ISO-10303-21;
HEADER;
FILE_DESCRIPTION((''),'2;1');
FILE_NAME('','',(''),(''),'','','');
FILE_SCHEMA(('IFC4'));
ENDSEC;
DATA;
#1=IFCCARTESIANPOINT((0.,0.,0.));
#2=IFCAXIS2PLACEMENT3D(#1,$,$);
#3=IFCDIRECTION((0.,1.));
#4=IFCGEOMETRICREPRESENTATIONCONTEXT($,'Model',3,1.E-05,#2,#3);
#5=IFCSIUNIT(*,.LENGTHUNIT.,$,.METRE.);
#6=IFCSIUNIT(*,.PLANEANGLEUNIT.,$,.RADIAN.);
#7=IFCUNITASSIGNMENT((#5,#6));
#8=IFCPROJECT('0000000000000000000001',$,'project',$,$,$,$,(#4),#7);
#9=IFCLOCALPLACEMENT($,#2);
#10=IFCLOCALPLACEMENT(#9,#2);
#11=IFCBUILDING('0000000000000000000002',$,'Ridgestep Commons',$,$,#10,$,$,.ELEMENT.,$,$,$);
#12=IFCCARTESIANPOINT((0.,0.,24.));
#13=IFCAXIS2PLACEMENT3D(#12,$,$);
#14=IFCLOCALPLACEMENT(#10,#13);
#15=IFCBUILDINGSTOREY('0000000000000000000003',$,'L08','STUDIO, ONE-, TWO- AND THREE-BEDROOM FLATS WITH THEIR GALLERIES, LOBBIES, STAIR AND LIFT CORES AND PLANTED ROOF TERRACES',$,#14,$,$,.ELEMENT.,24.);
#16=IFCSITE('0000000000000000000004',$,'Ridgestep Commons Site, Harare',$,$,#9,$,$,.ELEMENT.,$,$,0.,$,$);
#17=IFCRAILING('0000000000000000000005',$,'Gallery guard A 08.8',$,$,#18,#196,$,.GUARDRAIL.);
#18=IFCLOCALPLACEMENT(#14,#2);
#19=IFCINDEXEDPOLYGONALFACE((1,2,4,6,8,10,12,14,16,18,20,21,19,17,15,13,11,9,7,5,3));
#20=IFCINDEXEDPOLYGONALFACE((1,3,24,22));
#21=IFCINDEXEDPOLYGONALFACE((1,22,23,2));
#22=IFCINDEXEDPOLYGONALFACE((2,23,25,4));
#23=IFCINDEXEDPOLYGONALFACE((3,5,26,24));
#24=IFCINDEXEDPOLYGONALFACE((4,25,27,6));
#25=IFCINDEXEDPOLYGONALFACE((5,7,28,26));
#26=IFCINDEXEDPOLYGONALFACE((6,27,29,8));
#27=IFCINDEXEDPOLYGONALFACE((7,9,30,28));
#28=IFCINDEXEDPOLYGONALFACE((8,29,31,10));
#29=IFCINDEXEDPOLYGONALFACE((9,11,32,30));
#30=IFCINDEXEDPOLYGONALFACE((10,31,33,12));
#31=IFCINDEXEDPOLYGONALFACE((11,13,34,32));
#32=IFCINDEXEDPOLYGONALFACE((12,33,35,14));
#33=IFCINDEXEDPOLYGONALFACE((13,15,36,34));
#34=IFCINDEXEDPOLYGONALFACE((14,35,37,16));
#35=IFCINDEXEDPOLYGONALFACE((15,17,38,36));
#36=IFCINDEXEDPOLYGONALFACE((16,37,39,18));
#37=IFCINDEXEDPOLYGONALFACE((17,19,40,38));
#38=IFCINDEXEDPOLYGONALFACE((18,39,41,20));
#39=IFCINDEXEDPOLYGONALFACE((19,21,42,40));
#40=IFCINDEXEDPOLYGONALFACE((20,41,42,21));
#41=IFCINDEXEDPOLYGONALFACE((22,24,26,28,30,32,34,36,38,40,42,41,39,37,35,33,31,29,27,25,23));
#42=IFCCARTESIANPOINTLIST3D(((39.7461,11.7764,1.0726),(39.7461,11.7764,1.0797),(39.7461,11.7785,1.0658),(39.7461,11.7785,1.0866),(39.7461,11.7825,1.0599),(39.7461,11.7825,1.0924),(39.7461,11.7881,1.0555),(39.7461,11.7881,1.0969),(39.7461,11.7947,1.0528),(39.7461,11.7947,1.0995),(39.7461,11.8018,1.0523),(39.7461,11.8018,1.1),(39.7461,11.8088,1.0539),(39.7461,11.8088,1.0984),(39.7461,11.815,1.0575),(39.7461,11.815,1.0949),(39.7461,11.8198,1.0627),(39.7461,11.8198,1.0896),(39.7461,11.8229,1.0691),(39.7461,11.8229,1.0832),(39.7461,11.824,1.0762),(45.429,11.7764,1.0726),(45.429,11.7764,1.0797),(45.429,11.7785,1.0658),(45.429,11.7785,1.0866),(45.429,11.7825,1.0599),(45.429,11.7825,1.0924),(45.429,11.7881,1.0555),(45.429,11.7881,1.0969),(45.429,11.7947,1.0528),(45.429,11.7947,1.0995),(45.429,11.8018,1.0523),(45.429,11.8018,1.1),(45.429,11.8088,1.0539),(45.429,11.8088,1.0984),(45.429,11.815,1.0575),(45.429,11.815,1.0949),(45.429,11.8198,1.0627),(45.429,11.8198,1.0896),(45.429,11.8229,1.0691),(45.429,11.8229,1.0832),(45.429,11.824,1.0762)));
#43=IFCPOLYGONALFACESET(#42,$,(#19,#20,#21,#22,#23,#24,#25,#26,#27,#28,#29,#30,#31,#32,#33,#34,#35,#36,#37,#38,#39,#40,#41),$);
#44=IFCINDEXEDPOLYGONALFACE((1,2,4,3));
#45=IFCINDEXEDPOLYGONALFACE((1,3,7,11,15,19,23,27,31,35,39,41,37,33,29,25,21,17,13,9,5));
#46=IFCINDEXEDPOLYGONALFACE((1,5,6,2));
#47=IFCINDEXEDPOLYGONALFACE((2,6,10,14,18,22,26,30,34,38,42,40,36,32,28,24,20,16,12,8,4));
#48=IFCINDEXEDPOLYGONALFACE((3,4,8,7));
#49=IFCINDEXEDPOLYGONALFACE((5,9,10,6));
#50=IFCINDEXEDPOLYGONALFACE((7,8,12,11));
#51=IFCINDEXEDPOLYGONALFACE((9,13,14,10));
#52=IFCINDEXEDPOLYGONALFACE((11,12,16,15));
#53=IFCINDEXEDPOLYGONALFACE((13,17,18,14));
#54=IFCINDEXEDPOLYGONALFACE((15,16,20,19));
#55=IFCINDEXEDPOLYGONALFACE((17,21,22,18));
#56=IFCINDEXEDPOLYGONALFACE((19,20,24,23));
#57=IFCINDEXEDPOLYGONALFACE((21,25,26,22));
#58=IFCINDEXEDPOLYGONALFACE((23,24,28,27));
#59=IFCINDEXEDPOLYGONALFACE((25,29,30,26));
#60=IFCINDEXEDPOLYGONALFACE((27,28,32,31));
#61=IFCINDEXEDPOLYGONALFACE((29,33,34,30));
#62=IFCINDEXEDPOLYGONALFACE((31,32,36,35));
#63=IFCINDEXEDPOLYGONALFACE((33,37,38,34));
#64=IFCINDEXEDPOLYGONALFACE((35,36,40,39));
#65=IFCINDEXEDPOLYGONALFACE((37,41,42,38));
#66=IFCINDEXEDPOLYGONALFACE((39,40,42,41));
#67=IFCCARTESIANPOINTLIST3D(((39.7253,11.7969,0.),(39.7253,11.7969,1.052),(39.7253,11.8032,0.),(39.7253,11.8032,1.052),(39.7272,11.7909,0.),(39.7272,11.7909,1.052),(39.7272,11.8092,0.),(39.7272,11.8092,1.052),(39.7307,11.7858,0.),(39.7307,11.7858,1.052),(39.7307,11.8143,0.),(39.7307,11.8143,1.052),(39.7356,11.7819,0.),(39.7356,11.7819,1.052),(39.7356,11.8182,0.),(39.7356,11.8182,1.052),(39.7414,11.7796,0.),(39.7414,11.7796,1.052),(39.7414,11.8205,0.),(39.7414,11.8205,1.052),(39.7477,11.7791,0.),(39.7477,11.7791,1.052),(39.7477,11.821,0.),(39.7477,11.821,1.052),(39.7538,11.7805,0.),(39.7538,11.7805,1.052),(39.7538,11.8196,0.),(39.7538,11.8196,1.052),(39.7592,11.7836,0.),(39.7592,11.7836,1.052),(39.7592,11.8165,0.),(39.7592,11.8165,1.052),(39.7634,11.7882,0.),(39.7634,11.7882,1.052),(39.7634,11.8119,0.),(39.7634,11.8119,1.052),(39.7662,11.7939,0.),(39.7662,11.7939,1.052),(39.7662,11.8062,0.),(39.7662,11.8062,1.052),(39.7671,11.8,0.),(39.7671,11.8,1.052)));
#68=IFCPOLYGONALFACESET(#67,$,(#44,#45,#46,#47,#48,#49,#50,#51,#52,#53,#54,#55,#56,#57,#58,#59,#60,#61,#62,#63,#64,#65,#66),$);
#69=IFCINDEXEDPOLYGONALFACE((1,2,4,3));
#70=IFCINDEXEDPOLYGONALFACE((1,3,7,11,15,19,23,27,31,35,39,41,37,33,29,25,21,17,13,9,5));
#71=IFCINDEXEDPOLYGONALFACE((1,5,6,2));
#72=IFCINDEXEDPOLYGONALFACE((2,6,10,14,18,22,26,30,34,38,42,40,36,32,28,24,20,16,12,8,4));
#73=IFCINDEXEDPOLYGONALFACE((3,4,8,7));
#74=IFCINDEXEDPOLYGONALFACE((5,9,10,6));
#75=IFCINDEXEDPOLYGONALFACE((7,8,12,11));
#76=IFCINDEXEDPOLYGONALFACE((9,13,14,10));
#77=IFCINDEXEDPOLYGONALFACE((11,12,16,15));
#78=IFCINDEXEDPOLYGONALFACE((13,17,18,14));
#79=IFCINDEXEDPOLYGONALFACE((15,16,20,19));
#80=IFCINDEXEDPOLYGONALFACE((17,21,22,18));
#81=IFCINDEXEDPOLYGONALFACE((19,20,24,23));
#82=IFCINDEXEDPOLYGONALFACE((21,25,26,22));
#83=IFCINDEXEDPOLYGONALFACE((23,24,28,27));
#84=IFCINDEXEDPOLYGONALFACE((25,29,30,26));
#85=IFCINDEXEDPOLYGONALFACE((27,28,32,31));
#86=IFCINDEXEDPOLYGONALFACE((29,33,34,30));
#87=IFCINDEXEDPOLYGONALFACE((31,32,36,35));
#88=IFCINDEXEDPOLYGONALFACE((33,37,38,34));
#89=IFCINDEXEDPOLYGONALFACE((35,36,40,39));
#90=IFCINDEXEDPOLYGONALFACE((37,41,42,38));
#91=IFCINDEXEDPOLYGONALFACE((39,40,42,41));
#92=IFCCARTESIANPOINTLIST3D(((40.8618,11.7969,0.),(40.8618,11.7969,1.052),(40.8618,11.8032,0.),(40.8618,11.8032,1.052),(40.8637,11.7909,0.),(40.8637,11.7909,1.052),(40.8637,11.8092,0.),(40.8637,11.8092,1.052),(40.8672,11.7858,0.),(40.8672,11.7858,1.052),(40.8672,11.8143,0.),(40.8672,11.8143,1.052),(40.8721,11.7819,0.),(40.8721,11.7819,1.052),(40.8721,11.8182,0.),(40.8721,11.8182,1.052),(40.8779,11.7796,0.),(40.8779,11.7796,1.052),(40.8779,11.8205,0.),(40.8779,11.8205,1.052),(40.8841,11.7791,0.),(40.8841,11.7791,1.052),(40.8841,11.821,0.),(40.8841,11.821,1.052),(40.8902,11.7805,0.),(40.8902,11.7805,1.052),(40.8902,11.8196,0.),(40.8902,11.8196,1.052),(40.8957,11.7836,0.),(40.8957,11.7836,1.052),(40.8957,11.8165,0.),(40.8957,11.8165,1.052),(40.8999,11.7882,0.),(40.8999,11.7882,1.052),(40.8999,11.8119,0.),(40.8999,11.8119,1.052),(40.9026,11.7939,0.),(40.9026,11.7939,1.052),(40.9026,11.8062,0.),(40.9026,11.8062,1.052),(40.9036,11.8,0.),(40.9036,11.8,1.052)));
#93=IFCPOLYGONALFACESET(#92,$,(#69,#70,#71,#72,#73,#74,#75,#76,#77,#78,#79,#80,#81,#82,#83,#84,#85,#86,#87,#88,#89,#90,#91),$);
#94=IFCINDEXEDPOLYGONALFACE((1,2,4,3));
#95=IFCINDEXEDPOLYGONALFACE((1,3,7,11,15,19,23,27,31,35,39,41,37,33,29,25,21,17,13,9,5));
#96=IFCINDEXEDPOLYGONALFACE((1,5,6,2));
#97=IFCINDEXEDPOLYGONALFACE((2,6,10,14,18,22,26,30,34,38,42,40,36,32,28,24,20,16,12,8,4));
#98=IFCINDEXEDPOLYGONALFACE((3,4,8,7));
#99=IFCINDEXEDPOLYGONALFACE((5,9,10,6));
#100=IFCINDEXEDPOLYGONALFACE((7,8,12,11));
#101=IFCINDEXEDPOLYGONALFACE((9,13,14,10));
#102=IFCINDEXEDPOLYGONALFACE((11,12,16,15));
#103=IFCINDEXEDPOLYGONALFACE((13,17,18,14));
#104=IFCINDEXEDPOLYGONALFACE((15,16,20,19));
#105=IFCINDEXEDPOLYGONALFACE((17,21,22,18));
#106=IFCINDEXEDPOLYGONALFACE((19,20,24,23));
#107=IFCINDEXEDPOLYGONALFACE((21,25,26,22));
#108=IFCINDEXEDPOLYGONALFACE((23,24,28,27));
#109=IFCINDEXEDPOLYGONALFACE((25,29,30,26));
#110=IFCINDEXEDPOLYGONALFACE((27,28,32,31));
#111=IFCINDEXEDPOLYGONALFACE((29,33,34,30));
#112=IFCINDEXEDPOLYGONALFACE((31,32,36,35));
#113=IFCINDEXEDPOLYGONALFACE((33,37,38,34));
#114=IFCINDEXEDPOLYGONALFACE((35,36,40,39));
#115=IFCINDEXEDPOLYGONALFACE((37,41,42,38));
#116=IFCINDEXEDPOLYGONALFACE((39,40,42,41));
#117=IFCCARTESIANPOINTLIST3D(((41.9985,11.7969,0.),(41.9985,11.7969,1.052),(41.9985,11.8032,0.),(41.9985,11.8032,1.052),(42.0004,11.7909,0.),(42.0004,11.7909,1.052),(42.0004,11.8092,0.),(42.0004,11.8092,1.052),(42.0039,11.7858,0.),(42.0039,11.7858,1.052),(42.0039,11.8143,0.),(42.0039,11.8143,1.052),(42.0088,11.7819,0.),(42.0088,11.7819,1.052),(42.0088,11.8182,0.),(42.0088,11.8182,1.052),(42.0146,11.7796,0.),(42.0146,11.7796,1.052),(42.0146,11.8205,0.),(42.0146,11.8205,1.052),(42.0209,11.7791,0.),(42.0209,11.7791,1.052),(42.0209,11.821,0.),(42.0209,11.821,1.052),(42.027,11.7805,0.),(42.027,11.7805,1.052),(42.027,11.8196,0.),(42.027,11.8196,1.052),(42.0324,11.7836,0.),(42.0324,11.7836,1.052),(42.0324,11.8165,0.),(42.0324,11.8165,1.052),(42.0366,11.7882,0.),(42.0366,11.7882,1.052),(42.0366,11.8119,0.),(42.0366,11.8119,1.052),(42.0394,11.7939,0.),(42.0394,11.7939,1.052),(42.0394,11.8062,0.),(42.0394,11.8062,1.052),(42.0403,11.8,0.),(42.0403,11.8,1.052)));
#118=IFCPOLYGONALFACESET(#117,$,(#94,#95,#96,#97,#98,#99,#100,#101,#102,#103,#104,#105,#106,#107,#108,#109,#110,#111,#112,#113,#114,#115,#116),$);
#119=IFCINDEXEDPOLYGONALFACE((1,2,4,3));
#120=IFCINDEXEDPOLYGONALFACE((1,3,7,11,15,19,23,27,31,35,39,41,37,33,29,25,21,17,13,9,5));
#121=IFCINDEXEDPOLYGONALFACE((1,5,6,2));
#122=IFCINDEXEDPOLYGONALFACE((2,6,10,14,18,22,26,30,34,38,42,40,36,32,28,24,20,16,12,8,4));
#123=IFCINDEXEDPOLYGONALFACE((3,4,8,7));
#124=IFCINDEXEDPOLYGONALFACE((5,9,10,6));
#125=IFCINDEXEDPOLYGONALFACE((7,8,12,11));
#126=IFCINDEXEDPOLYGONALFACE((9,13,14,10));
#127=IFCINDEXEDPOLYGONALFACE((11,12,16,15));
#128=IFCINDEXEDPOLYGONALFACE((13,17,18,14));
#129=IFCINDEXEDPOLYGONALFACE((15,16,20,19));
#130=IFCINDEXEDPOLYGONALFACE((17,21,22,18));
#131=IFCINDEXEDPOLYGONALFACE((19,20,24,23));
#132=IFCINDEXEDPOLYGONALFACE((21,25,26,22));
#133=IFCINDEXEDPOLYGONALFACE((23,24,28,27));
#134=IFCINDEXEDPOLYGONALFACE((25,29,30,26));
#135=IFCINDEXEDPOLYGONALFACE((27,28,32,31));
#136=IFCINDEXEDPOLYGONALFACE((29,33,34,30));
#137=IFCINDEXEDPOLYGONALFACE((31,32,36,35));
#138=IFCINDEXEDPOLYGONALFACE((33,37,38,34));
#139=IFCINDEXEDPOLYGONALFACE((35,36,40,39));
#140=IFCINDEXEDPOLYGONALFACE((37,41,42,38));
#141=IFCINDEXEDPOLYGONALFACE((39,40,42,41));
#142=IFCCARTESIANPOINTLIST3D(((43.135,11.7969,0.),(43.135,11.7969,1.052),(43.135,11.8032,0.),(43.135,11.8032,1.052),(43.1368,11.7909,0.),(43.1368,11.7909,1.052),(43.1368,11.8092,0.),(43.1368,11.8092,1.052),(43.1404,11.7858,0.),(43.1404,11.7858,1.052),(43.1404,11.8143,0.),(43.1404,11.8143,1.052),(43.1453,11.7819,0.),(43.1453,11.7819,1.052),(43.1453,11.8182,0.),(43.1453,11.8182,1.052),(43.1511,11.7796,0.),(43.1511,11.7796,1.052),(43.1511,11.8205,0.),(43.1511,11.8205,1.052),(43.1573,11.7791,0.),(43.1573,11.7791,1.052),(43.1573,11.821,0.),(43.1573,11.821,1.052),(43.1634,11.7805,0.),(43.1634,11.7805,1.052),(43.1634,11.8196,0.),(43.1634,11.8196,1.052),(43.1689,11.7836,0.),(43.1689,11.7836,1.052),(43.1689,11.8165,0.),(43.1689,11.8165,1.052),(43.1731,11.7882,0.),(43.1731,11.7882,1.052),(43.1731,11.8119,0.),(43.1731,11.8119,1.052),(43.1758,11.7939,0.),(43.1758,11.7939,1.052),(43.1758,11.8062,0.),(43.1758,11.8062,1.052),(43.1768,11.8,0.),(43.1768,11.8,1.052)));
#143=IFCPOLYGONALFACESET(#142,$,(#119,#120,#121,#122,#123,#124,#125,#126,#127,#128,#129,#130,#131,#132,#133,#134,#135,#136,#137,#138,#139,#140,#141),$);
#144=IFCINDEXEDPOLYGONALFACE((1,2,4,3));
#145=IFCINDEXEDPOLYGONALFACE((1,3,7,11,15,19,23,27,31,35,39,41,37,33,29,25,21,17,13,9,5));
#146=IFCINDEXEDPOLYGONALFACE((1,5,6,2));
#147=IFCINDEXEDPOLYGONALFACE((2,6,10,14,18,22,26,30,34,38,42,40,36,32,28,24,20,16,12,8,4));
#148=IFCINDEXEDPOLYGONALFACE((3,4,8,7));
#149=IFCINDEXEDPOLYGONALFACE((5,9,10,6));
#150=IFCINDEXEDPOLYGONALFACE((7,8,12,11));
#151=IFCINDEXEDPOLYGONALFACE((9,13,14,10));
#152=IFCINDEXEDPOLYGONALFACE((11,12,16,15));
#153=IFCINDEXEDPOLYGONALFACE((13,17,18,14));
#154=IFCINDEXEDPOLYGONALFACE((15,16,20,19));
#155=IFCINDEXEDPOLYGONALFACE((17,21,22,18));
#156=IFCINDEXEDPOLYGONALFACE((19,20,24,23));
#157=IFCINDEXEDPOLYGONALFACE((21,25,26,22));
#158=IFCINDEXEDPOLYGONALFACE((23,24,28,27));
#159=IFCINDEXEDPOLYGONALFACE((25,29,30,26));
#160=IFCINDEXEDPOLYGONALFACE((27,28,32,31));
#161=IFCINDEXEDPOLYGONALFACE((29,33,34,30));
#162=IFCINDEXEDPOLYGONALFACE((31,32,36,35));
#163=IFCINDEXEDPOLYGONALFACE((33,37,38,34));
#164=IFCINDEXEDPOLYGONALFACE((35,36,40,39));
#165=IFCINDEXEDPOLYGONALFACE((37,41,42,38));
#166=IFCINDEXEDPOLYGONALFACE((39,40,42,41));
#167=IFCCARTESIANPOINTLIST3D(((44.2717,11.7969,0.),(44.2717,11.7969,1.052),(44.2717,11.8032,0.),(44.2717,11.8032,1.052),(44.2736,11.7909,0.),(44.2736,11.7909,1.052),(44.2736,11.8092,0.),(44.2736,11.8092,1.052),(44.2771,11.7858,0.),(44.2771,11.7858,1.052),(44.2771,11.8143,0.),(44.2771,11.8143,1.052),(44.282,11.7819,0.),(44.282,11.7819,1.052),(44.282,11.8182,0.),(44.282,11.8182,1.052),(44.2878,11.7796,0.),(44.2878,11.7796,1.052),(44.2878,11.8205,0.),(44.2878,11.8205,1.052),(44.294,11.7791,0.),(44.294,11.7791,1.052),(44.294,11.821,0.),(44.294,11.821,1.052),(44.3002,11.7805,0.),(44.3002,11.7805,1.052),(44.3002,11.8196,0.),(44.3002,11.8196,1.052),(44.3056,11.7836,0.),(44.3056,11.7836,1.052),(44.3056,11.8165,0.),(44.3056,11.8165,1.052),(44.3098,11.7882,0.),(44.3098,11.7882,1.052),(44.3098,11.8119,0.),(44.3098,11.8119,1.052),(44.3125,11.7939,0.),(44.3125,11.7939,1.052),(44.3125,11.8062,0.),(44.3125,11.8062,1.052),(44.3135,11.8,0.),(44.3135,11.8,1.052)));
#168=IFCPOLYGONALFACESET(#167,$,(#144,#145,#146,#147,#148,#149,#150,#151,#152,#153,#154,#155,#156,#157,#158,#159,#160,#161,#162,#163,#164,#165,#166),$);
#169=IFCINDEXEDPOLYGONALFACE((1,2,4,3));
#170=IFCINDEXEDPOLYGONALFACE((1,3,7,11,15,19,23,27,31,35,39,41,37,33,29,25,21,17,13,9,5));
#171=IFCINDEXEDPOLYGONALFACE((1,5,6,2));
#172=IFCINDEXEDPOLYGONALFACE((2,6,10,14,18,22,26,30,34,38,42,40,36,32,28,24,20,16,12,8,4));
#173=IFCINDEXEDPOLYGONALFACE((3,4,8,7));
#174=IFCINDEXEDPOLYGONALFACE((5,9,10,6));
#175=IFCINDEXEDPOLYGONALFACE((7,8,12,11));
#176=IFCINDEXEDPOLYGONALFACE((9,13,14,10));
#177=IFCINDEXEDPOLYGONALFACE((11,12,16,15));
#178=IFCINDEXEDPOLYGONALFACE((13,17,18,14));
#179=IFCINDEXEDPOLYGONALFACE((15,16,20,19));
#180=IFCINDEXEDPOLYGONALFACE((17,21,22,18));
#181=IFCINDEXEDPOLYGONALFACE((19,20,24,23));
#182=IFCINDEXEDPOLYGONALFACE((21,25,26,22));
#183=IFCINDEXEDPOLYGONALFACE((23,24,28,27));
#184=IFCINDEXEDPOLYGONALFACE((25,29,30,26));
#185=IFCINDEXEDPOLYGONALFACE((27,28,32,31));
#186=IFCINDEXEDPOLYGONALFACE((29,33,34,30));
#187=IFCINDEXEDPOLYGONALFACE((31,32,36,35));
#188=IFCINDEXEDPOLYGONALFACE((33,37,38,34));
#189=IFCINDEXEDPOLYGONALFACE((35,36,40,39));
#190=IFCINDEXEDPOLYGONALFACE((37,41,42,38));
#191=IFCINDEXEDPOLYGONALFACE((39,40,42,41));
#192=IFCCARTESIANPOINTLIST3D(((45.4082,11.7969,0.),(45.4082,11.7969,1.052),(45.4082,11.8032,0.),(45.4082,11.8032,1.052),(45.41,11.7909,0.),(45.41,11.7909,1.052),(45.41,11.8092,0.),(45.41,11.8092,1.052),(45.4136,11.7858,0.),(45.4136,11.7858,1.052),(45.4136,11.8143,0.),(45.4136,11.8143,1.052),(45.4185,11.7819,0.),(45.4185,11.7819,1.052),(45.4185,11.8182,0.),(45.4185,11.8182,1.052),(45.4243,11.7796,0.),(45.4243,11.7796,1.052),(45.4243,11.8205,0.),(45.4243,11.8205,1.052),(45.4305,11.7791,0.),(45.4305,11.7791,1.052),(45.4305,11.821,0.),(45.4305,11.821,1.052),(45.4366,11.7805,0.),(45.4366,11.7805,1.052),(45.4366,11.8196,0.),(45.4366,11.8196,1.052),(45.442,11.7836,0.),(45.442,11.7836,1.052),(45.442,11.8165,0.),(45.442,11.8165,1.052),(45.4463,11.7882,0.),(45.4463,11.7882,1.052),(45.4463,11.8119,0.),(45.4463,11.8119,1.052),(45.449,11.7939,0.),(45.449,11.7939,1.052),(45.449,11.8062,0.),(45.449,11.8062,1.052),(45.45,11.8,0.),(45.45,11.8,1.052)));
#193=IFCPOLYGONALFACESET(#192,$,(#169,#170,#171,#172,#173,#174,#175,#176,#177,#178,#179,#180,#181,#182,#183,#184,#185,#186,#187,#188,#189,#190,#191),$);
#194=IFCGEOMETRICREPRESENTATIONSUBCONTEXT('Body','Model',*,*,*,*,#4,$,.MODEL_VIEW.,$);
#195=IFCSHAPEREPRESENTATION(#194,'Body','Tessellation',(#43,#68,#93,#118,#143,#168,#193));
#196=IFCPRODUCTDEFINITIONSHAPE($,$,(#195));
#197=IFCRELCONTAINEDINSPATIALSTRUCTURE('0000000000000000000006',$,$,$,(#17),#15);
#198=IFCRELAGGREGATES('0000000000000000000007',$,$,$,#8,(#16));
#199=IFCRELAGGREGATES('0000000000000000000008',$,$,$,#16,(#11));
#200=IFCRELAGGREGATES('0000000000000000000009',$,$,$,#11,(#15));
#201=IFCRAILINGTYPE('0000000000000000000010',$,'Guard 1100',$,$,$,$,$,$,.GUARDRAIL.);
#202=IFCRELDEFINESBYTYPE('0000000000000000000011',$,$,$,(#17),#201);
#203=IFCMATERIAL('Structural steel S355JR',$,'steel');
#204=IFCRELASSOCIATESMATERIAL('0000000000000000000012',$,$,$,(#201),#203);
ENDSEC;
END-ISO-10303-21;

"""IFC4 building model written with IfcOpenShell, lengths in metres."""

from ifc_helpers import new_model, si_unit, direction, frame, origin, origin_2d, place, context, subcontext, project, spatial, circle, extrude, material, type_object, element, save


model = new_model("IFC4")

# Units and contexts
model_context = context("Model", 3, precision=1e-05, world=origin(), true_north=direction((0.0, 1.0)))
body_context = subcontext(model_context, "Body", "Model", "MODEL_VIEW")
ifc_project = project(units=[si_unit("LENGTHUNIT", "METRE"), si_unit("PLANEANGLEUNIT", "RADIAN")], contexts=[model_context])

# Site, building, storey
site_placement = place(None, origin())
site = spatial("IfcSite", under=ifc_project, at=site_placement, Name="Ridgestep Commons Site, Harare", CompositionType="ELEMENT", RefElevation=0.0)
building_placement = place(site_placement, origin())
building = spatial("IfcBuilding", under=site, at=building_placement, Name="Ridgestep Commons", CompositionType="ELEMENT")
storey_placement = place(building_placement, frame((0.0, 0.0, 24.0)))
storey = spatial("IfcBuildingStorey", under=building, at=storey_placement, Name="L08", Description="STUDIO, ONE-, TWO- AND THREE-BEDROOM FLATS WITH THEIR GALLERIES, LOBBIES, STAIR AND LIFT CORES AND PLANTED ROOF TERRACES", CompositionType="ELEMENT", Elevation=24.0)

# Railing
ifc_material_1 = material(Name="Structural steel S355JR", Category="steel")
railing_type_1 = type_object("IfcRailingType", Name="Guard 1100", PredefinedType="GUARDRAIL", material=ifc_material_1)
railing_1_placement = place(storey_placement, frame((39.7461, 11.8, 0.0)))
element("IfcRailing", 1, at=railing_1_placement, inside=storey, type_object=railing_type_1, Name="Gallery guard A 08.8", PredefinedType="GUARDRAIL", context=body_context, shape_type="SweptSolid", body=[
    extrude(circle(Radius=0.0239, at=origin_2d()), frame((0.0, 0.0, 1.0762), z_axis=(1.0, 0.0, 0.0), x_axis=(0.0, 1.0, 0.0)), (0.0, 0.0, 1.0), 5.6829),
    extrude(circle(Radius=0.021, at=origin_2d()), origin(), (0.0, 0.0, 1.0), 1.052),
    extrude(circle(Radius=0.021, at=origin_2d()), frame((1.1365, 0.0, 0.0)), (0.0, 0.0, 1.0), 1.052),
    extrude(circle(Radius=0.021, at=origin_2d()), frame((2.2732, 0.0, 0.0)), (0.0, 0.0, 1.0), 1.052),
    extrude(circle(Radius=0.021, at=origin_2d()), frame((3.4097, 0.0, 0.0)), (0.0, 0.0, 1.0), 1.052),
    extrude(circle(Radius=0.021, at=origin_2d()), frame((4.5464, 0.0, 0.0)), (0.0, 0.0, 1.0), 1.052),
    extrude(circle(Radius=0.021, at=origin_2d()), frame((5.6829, 0.0, 0.0)), (0.0, 0.0, 1.0), 1.052),
])

save(model, "model.ifc")
